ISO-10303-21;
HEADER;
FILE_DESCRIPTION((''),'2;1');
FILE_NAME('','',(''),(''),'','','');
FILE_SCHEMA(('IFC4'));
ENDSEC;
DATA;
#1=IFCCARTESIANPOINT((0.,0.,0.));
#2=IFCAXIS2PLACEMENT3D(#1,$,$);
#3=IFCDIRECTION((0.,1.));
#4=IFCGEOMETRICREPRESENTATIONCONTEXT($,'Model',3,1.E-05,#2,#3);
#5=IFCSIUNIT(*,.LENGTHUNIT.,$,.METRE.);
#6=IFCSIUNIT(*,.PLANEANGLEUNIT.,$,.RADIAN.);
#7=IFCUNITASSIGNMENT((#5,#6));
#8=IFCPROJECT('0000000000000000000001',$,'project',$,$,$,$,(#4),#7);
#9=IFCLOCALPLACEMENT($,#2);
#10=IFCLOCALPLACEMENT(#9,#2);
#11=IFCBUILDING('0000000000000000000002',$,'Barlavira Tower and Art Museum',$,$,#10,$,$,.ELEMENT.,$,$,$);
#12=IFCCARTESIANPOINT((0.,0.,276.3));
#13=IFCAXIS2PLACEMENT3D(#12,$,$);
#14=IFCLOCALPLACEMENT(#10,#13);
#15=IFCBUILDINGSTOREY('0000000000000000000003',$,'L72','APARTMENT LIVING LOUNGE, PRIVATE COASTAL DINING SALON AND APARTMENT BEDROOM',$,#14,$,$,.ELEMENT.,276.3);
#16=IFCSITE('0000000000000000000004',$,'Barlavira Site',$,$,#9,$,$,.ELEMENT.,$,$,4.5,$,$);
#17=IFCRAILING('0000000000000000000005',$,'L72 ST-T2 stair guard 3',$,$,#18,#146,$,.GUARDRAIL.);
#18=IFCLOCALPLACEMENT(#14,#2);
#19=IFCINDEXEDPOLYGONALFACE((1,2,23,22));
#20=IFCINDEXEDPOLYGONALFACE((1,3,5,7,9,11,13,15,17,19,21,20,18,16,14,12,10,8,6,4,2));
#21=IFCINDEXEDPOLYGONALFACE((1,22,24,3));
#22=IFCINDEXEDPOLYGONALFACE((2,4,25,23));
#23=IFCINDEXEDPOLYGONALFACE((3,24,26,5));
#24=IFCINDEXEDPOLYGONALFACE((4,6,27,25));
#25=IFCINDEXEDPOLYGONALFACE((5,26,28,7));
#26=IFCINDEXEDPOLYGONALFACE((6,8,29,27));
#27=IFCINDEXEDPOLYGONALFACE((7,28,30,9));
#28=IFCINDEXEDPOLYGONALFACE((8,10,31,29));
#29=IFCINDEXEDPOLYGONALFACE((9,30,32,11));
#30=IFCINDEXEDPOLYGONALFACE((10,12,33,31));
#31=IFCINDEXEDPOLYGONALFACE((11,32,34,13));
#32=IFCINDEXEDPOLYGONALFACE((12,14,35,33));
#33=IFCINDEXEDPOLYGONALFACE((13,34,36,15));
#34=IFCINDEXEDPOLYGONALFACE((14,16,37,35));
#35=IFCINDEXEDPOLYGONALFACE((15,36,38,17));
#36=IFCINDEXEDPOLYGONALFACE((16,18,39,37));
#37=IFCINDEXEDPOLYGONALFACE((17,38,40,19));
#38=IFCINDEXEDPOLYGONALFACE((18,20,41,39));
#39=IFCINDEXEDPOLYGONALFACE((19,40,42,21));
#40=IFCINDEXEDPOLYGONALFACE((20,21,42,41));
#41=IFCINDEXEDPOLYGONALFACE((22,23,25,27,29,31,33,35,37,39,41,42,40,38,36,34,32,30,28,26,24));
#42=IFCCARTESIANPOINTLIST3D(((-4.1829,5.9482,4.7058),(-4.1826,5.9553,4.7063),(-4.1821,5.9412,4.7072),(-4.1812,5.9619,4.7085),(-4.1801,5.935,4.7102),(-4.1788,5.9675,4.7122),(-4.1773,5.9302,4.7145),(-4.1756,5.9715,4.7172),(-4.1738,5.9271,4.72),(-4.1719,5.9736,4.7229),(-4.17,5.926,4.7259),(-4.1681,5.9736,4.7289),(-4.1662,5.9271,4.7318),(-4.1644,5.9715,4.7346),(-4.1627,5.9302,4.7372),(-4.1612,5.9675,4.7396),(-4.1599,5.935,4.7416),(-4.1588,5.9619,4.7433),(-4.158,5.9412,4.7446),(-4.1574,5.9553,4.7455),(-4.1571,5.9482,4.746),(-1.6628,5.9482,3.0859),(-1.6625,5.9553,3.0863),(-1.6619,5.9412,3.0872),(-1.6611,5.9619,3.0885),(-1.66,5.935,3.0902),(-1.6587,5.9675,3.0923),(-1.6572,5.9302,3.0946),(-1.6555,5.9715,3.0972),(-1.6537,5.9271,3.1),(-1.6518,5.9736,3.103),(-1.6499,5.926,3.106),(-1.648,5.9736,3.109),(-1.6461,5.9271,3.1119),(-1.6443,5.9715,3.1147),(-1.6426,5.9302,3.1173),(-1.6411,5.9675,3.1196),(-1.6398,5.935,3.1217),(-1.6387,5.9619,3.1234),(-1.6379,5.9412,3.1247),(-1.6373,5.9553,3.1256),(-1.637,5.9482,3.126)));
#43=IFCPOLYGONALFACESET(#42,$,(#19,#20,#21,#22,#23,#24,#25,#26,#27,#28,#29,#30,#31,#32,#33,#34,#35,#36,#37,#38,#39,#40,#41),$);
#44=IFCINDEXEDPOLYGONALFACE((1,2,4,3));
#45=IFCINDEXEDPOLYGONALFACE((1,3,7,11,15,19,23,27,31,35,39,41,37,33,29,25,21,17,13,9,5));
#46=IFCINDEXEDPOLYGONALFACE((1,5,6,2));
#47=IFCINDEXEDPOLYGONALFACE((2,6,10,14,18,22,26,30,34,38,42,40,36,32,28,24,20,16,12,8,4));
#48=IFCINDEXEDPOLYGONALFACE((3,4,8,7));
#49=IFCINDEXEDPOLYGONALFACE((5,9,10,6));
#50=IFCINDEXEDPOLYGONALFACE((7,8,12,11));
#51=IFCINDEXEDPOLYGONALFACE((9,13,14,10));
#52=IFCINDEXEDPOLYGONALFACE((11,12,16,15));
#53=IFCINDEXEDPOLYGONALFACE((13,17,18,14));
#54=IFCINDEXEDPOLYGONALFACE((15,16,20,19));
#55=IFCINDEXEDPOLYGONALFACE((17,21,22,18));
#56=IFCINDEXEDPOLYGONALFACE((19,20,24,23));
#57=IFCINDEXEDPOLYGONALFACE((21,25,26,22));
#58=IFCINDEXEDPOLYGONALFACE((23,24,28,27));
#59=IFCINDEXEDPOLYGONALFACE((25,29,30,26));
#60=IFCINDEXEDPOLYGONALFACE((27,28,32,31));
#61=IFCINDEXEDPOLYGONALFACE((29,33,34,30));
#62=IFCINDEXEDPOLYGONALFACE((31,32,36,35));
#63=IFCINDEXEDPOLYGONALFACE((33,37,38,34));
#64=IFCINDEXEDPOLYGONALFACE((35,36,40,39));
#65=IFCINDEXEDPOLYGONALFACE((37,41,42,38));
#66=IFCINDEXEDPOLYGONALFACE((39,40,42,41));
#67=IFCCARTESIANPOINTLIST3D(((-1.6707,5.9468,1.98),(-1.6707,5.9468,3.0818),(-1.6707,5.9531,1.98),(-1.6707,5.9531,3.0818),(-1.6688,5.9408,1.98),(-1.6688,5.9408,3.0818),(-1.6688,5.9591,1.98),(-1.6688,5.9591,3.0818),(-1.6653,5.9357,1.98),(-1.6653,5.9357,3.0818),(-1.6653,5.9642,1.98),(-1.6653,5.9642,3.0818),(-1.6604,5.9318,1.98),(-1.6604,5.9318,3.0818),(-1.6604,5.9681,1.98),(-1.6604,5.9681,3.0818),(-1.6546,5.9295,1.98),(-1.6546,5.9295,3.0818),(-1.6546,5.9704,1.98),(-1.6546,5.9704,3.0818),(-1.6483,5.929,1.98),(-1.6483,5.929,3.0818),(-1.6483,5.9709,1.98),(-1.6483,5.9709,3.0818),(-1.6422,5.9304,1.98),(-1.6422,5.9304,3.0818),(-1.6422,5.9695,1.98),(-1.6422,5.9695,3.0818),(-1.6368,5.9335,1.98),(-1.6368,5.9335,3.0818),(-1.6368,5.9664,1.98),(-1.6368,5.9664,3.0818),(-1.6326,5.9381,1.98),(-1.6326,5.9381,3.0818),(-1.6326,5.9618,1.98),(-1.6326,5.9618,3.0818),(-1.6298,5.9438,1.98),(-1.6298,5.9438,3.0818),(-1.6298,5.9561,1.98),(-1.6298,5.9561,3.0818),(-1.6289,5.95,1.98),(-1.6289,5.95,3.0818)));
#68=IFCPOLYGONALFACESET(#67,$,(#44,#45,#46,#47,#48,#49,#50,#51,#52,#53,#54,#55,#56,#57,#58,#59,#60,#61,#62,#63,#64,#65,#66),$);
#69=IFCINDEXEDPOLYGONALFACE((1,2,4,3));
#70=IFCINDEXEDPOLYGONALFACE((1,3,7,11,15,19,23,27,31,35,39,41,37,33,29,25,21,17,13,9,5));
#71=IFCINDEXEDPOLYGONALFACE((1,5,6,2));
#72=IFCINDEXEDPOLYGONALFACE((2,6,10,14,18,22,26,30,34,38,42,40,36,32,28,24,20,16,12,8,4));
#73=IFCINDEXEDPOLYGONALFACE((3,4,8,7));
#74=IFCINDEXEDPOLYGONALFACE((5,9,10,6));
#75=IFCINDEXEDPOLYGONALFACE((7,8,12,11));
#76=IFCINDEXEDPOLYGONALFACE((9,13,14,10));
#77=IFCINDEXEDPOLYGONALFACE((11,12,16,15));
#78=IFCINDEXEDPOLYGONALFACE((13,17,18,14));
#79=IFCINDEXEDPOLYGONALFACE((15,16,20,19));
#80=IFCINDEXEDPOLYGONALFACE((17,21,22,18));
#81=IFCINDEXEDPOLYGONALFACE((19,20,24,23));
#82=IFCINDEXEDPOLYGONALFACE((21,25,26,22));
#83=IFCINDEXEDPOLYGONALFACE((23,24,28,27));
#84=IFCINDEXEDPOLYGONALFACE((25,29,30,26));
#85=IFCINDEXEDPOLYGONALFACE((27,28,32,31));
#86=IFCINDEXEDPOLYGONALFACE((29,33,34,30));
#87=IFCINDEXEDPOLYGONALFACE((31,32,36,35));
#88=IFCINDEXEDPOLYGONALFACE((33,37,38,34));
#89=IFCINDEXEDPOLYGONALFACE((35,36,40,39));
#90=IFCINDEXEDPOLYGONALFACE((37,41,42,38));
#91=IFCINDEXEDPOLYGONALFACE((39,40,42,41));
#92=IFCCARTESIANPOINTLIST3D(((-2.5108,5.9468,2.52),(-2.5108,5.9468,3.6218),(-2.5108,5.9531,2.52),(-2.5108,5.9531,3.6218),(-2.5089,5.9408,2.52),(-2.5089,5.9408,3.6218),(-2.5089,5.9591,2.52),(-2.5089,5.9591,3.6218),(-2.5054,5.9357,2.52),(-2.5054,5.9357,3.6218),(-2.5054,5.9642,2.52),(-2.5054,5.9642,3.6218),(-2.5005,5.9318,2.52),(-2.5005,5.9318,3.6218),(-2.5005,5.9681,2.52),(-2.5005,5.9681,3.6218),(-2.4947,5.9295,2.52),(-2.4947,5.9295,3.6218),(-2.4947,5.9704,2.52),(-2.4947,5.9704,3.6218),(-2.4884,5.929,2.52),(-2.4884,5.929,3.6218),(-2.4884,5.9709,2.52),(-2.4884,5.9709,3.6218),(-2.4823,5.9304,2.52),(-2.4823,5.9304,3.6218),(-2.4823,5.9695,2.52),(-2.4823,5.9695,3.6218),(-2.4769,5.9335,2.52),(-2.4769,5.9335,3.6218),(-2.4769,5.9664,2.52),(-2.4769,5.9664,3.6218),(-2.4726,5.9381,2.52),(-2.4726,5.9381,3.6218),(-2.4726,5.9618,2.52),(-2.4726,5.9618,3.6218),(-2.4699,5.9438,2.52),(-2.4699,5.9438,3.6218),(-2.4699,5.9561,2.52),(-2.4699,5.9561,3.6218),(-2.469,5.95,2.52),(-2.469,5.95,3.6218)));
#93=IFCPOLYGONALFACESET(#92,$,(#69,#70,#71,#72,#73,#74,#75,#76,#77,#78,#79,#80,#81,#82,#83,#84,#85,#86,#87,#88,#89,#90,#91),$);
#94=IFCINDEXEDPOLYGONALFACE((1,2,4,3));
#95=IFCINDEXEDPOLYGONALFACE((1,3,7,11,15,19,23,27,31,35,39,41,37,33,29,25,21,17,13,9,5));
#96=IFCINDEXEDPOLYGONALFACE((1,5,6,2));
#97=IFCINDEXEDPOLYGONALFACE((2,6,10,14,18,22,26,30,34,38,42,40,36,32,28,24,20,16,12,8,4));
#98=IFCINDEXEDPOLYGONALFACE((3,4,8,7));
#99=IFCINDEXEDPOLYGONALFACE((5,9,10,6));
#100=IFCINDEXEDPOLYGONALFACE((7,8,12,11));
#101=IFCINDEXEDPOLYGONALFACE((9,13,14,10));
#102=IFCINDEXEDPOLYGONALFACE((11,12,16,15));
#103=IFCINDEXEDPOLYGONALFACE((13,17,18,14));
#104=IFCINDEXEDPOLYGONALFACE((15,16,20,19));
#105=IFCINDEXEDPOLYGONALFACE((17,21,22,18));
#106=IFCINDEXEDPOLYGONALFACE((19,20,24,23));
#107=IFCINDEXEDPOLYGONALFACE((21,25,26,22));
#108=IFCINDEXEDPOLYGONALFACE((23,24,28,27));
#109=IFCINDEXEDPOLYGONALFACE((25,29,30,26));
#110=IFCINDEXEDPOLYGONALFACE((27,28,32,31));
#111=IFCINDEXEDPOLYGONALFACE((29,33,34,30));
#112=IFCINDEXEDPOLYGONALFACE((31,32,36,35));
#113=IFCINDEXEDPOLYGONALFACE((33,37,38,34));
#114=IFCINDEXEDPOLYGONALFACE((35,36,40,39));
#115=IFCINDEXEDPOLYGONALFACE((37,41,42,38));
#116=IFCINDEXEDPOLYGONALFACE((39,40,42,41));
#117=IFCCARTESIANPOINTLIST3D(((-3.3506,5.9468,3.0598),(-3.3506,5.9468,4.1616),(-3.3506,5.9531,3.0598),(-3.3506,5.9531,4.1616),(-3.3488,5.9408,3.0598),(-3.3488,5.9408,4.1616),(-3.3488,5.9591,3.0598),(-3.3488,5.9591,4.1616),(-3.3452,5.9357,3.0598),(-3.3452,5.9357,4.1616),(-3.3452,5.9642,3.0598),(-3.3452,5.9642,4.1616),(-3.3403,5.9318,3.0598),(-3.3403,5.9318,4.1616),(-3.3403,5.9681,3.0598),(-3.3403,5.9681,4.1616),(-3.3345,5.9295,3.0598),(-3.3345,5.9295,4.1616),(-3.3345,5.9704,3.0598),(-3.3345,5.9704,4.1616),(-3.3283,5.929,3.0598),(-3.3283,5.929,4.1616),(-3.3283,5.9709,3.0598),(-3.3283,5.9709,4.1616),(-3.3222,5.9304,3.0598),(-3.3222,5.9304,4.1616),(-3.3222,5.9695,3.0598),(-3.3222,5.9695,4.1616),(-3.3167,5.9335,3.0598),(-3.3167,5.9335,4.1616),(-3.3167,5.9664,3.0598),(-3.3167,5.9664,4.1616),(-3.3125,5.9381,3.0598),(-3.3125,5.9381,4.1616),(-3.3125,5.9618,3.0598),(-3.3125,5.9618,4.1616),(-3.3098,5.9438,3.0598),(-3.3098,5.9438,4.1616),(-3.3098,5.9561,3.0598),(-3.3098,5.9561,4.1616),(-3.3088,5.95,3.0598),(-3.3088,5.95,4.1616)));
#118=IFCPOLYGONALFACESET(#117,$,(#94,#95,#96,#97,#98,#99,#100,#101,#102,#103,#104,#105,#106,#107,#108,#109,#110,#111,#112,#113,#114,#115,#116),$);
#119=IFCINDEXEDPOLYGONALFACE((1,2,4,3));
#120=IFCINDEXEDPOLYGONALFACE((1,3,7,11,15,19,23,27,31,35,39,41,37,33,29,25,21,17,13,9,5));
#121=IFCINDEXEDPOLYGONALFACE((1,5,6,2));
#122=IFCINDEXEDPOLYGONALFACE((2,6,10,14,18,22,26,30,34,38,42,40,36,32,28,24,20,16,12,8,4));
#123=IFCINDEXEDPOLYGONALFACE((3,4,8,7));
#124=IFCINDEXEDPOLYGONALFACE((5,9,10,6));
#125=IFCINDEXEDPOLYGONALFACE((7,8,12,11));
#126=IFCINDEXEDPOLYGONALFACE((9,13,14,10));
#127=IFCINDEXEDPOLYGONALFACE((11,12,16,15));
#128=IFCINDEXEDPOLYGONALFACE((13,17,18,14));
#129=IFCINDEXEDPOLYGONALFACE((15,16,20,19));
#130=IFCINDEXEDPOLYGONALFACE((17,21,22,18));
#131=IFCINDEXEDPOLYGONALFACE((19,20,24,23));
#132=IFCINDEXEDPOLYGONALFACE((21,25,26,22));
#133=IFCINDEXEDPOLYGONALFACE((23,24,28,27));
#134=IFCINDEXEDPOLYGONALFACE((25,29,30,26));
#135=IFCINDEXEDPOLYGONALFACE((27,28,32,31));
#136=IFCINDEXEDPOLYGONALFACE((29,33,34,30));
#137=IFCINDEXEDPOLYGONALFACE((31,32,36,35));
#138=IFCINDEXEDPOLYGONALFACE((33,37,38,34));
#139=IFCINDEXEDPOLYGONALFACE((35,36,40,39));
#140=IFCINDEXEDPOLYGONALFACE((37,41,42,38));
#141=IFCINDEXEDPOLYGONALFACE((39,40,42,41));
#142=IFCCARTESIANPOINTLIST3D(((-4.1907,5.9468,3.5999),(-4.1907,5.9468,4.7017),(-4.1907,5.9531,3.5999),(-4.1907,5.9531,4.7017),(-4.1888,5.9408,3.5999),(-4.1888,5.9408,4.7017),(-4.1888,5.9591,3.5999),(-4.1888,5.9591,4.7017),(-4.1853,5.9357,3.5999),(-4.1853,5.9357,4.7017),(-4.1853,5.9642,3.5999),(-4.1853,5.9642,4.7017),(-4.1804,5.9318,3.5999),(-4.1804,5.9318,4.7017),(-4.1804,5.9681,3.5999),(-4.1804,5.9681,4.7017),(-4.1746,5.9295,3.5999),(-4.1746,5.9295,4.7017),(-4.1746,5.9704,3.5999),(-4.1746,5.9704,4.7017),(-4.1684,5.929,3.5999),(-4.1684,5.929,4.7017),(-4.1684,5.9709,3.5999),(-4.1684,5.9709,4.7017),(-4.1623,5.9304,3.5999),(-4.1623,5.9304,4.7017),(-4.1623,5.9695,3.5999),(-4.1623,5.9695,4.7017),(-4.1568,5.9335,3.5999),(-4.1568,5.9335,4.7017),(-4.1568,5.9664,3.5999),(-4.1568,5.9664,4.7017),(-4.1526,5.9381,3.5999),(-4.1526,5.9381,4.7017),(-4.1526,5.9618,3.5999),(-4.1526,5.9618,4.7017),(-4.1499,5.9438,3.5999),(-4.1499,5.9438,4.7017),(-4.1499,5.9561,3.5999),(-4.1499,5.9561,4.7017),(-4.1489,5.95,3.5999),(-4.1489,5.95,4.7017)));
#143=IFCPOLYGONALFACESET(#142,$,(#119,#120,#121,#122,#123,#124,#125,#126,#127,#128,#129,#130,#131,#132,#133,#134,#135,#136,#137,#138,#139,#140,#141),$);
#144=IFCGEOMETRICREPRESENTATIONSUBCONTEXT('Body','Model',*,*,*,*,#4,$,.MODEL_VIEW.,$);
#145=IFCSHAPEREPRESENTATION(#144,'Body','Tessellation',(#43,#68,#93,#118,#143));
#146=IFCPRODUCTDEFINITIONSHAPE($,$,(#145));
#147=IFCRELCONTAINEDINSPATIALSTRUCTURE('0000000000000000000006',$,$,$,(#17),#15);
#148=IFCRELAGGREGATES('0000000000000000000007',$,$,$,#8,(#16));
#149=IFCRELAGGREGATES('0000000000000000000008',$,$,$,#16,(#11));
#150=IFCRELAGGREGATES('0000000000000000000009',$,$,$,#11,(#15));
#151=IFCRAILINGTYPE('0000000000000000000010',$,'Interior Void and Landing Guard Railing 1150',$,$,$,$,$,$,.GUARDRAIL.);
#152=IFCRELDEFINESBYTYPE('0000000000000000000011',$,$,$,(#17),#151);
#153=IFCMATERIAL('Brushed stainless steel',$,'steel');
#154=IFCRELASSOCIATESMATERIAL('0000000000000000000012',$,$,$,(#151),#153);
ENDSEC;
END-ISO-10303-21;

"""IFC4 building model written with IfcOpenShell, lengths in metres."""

from ifc_helpers import new_model, si_unit, direction, frame, origin, origin_2d, place, context, subcontext, project, spatial, circle, extrude, material, type_object, element, save


model = new_model("IFC4")

# Units and contexts
model_context = context("Model", 3, precision=1e-05, world=origin(), true_north=direction((0.0, 1.0)))
body_context = subcontext(model_context, "Body", "Model", "MODEL_VIEW")
ifc_project = project(units=[si_unit("LENGTHUNIT", "METRE"), si_unit("PLANEANGLEUNIT", "RADIAN")], contexts=[model_context])

# Site, building, storey
site_placement = place(None, origin())
site = spatial("IfcSite", under=ifc_project, at=site_placement, Name="Barlavira Site", CompositionType="ELEMENT", RefElevation=4.5)
building_placement = place(site_placement, origin())
building = spatial("IfcBuilding", under=site, at=building_placement, Name="Barlavira Tower and Art Museum", CompositionType="ELEMENT")
storey_placement = place(building_placement, frame((0.0, 0.0, 276.3)))
storey = spatial("IfcBuildingStorey", under=building, at=storey_placement, Name="L72", Description="APARTMENT LIVING LOUNGE, PRIVATE COASTAL DINING SALON AND APARTMENT BEDROOM", CompositionType="ELEMENT", Elevation=276.3)

# Shared definitions
ifc_material_1 = material(Name="Brushed stainless steel", Category="steel")

# Railing
railing_type_1 = type_object("IfcRailingType", Name="Interior Void and Landing Guard Railing 1150", PredefinedType="GUARDRAIL", material=ifc_material_1)
railing_1_placement = place(storey_placement, frame((-1.6499, 5.95, 1.98)))
element("IfcRailing", 1, at=railing_1_placement, inside=storey, type_object=railing_type_1, Name="L72 ST-T2 stair guard 3", PredefinedType="GUARDRAIL", context=body_context, shape_type="SweptSolid", body=[
    extrude(circle(Radius=0.0239, at=origin_2d()), frame((0.0, 0.0, 1.126), z_axis=(-0.8412, 0.0, 0.540725), x_axis=(0.0, -1.0, 0.0)), (0.0, 0.0, 1.0), 2.9958),
    extrude(circle(Radius=0.021, at=origin_2d()), origin(), (0.0, 0.0, 1.0), 1.1018),
    extrude(circle(Radius=0.021, at=origin_2d()), frame((-0.8401, 0.0, 0.54)), (0.0, 0.0, 1.0), 1.1018),
    extrude(circle(Radius=0.021, at=origin_2d()), frame((-1.6799, 0.0, 1.0798)), (0.0, 0.0, 1.0), 1.1018),
    extrude(circle(Radius=0.021, at=origin_2d()), frame((-2.52, 0.0, 1.6199)), (0.0, 0.0, 1.0), 1.1018),
])

save(model, "model.ifc")
